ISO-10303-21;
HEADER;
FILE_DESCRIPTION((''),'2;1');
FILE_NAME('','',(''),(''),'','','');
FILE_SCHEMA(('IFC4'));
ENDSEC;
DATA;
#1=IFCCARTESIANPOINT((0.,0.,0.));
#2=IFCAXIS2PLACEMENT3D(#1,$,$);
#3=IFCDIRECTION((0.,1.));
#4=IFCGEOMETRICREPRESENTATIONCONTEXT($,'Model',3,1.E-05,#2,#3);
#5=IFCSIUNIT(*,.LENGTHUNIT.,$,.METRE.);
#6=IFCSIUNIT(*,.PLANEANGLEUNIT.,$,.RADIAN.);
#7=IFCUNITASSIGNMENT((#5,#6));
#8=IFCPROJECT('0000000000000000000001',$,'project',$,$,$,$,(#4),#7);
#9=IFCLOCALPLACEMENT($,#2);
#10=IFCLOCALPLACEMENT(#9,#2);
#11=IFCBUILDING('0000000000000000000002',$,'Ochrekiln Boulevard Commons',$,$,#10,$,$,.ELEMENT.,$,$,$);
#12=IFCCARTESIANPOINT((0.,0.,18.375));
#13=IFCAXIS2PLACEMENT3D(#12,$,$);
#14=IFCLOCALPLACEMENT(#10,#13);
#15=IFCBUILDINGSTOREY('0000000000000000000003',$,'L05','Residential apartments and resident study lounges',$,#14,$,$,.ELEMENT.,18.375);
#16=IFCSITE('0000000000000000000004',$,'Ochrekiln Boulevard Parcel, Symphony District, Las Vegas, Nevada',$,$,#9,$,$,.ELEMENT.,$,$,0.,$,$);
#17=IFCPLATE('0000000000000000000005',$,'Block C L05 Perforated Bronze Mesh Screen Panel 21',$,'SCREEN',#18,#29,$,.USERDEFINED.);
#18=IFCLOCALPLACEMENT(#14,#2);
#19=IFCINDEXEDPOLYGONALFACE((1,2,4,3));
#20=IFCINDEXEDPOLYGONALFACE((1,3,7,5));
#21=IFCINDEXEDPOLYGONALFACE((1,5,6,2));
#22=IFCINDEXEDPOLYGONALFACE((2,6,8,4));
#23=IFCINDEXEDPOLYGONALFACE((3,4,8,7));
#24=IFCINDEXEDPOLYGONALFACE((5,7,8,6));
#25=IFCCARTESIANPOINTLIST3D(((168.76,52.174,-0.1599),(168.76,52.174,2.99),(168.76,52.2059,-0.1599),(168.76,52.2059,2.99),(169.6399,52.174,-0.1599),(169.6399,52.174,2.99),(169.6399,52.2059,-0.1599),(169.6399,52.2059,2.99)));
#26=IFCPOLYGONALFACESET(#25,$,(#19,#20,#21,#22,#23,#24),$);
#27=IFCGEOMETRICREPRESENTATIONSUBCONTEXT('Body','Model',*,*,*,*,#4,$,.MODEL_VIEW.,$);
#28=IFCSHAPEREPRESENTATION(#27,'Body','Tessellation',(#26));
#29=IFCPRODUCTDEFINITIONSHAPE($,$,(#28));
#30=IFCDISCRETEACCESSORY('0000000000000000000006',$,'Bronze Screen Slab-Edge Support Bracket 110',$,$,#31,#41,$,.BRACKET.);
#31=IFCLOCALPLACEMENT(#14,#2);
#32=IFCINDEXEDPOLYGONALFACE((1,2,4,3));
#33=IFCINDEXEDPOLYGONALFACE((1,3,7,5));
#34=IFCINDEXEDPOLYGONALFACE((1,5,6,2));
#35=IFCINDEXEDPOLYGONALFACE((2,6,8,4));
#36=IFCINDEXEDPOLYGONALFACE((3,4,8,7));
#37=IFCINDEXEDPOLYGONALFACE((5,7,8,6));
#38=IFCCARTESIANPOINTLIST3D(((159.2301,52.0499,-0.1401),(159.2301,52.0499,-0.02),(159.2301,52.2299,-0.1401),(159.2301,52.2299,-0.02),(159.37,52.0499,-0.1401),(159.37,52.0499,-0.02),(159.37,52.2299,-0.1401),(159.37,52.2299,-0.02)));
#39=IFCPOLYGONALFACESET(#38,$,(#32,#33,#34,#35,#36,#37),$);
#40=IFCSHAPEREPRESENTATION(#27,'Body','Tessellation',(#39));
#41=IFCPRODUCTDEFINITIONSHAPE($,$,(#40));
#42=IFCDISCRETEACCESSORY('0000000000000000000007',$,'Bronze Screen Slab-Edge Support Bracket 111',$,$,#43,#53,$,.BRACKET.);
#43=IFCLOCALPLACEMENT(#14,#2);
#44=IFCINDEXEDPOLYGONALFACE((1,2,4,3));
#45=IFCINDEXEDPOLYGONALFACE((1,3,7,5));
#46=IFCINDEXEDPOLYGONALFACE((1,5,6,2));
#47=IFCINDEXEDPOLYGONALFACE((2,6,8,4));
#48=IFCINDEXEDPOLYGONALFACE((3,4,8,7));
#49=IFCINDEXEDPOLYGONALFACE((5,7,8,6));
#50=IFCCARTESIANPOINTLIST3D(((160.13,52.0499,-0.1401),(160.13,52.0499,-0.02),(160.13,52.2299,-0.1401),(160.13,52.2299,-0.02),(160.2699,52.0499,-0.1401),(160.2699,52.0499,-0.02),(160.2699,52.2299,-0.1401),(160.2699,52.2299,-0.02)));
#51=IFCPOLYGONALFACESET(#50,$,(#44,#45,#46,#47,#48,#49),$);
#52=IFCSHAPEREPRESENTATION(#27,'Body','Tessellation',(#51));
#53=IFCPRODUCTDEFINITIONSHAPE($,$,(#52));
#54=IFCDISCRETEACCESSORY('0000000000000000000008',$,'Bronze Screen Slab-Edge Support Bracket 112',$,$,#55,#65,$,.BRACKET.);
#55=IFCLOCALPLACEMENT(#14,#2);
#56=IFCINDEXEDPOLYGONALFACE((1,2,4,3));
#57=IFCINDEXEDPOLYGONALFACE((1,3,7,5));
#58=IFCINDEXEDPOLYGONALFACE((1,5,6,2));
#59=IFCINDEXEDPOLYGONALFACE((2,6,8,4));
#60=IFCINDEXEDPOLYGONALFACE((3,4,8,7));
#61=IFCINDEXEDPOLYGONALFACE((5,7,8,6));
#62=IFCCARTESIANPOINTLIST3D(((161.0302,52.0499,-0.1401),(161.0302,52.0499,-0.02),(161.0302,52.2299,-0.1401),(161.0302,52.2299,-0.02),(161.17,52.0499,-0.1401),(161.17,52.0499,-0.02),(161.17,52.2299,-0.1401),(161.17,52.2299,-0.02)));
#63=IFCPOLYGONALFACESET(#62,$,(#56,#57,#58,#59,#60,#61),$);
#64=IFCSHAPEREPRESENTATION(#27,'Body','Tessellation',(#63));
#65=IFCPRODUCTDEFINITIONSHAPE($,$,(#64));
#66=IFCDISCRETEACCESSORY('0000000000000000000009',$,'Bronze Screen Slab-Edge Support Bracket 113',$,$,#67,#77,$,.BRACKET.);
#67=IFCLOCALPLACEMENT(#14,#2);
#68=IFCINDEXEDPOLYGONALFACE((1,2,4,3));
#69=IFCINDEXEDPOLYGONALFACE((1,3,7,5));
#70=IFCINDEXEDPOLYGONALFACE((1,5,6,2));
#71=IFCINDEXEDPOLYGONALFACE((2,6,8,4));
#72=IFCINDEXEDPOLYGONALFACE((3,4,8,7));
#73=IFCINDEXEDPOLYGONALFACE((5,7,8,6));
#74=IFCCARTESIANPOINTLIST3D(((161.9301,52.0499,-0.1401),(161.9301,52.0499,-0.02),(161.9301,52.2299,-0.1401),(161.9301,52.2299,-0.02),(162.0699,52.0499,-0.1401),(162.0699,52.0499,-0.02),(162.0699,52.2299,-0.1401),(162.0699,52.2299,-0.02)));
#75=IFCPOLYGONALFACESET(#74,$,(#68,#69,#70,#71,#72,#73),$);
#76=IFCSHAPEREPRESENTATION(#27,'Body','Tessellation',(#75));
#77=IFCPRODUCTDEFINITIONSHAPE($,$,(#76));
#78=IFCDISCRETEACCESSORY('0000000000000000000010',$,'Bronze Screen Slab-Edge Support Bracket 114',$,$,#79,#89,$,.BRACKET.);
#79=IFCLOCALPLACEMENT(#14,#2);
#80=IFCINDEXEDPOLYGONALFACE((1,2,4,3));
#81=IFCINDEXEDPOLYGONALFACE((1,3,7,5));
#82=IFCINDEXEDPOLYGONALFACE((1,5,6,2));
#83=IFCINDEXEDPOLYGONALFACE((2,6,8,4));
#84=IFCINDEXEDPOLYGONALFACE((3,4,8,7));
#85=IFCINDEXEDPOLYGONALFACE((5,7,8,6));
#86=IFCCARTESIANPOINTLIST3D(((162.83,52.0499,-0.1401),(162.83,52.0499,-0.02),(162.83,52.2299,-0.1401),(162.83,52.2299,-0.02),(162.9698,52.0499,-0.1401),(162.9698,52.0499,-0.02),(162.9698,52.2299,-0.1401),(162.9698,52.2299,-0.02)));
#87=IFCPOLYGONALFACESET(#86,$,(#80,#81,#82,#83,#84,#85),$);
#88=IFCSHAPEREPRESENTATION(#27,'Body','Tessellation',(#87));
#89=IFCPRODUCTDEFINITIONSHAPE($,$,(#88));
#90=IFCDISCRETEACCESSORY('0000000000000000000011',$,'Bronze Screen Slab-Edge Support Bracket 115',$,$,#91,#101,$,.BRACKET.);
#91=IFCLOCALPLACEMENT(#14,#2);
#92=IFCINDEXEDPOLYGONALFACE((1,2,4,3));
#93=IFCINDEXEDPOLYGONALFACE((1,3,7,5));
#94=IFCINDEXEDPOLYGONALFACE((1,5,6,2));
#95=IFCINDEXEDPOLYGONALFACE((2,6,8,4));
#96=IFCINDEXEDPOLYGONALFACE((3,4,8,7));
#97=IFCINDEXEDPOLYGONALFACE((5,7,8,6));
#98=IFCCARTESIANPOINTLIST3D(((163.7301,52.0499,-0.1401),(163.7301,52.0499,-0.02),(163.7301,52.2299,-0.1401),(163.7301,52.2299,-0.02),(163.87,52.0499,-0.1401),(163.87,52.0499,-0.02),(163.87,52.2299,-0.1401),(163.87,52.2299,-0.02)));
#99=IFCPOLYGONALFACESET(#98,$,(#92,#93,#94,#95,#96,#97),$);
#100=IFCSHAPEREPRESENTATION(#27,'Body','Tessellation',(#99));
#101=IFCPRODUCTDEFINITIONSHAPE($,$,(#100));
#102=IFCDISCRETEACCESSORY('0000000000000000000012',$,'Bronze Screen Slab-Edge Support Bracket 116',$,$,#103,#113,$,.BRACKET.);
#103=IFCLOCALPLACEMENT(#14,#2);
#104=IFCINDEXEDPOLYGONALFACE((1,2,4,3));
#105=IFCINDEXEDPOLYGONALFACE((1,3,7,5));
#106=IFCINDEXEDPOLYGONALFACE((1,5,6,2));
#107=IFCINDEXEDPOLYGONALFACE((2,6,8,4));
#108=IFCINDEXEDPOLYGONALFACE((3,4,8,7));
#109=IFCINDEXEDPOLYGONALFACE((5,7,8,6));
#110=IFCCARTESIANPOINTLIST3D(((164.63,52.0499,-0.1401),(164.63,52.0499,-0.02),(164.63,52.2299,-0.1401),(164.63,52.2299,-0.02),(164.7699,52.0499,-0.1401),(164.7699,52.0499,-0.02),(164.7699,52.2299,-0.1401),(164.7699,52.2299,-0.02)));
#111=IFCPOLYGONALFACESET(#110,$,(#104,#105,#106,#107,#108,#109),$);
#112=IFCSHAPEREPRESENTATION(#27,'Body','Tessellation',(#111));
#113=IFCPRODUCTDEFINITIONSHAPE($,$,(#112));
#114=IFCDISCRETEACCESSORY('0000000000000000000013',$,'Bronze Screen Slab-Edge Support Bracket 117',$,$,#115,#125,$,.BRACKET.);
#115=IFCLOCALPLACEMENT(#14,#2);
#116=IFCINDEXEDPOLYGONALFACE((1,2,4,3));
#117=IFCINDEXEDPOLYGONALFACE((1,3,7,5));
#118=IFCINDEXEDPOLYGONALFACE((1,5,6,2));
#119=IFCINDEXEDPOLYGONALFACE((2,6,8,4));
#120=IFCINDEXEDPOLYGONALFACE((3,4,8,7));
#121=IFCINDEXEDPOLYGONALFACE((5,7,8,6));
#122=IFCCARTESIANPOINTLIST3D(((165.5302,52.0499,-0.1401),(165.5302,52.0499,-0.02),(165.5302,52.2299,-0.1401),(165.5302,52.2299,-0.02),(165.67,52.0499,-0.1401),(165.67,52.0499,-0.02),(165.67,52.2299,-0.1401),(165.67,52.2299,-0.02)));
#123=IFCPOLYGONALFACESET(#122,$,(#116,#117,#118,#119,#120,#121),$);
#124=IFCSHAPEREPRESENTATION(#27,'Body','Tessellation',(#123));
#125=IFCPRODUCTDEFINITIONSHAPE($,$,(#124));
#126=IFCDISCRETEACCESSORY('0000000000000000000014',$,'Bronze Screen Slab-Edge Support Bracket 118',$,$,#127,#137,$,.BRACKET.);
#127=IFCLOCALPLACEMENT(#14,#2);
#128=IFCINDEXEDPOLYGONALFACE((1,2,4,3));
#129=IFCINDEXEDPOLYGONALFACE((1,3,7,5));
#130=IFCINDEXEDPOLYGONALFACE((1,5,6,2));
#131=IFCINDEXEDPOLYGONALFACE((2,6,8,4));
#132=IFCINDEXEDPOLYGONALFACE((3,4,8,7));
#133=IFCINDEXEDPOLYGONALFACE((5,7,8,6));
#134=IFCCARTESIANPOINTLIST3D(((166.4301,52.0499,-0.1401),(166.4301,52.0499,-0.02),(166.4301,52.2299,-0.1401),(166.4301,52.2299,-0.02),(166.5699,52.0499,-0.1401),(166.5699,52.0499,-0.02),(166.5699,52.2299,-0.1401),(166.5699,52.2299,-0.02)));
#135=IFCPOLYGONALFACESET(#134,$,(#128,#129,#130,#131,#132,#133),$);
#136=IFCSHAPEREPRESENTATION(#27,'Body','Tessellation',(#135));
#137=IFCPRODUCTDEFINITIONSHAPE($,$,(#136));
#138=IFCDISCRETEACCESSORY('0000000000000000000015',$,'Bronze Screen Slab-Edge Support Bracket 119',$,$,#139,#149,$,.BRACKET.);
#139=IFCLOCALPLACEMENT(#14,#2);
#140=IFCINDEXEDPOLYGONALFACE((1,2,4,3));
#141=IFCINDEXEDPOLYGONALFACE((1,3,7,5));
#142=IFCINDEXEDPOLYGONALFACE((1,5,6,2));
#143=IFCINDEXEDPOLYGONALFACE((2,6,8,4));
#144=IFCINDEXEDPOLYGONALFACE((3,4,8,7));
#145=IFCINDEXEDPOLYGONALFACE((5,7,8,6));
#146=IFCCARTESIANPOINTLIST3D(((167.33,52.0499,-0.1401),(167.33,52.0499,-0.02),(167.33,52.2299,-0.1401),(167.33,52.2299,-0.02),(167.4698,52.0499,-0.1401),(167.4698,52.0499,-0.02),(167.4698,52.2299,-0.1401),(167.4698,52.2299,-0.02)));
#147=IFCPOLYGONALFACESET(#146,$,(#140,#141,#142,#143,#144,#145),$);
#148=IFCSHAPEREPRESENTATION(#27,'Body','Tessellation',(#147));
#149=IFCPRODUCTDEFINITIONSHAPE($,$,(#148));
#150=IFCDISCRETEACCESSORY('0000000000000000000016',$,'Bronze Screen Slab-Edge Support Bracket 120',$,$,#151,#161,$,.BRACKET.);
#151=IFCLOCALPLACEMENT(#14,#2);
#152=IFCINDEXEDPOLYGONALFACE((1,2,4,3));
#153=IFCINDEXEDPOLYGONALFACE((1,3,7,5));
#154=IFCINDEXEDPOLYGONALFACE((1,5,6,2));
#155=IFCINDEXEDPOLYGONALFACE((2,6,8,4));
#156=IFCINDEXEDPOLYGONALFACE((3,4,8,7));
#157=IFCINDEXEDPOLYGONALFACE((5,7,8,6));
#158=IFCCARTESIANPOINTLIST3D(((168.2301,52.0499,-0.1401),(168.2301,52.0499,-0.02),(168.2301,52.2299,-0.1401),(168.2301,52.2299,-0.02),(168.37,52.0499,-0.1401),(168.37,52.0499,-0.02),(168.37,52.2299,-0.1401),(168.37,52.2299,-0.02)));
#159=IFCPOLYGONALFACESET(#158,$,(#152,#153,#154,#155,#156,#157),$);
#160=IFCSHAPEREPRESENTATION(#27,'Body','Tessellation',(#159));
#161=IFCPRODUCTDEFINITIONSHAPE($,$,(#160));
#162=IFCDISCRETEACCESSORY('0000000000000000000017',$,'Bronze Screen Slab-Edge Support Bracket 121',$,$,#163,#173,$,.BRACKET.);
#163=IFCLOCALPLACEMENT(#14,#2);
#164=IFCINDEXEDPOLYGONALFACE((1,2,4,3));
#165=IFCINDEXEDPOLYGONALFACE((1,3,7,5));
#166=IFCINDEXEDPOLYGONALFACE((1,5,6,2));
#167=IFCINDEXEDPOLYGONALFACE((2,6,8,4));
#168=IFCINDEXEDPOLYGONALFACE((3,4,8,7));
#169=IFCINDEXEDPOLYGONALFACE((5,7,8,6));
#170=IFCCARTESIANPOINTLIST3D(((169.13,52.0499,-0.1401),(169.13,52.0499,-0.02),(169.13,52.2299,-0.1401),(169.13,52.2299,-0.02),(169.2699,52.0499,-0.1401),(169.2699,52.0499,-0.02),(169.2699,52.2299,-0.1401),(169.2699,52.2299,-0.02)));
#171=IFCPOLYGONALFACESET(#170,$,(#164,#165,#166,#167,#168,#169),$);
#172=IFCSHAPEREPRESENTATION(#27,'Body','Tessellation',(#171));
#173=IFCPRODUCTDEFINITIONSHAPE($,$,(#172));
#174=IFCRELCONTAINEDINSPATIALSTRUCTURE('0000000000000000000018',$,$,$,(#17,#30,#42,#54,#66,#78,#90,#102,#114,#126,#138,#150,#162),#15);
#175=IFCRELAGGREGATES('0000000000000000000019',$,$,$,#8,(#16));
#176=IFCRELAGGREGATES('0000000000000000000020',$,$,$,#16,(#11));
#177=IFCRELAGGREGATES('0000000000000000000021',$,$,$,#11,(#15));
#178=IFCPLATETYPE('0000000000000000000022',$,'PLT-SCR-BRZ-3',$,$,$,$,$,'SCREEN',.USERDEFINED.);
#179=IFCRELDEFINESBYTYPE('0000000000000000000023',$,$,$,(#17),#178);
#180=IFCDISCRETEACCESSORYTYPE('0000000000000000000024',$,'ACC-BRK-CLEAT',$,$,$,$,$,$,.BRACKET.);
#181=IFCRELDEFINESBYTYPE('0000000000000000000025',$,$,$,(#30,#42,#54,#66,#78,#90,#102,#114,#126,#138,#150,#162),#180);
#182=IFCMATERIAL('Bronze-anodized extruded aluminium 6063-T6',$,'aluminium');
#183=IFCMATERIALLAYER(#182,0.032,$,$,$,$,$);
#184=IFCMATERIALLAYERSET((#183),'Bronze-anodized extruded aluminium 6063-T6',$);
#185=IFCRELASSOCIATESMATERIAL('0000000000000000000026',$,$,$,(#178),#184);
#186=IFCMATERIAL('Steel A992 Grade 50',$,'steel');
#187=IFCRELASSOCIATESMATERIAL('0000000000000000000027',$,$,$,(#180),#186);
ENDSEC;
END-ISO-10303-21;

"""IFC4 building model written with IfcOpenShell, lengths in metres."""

from ifc_helpers import new_model, si_unit, direction, frame, origin, origin_2d, place, context, subcontext, project, spatial, rectangle, extrude, material, layer, layer_set, type_object, element, save


model = new_model("IFC4")

# Units and contexts
model_context = context("Model", 3, precision=1e-05, world=origin(), true_north=direction((0.0, 1.0)))
body_context = subcontext(model_context, "Body", "Model", "MODEL_VIEW")
ifc_project = project(units=[si_unit("LENGTHUNIT", "METRE"), si_unit("PLANEANGLEUNIT", "RADIAN")], contexts=[model_context])

# Site, building, storey
site_placement = place(None, origin())
site = spatial("IfcSite", under=ifc_project, at=site_placement, Name="Ochrekiln Boulevard Parcel, Symphony District, Las Vegas, Nevada", CompositionType="ELEMENT", RefElevation=0.0)
building_placement = place(site_placement, origin())
building = spatial("IfcBuilding", under=site, at=building_placement, Name="Ochrekiln Boulevard Commons", CompositionType="ELEMENT")
storey_placement = place(building_placement, frame((0.0, 0.0, 18.375)))
storey = spatial("IfcBuildingStorey", under=building, at=storey_placement, Name="L05", Description="Residential apartments and resident study lounges", CompositionType="ELEMENT", Elevation=18.375)

# Shared definitions
ifc_material_1 = material(Name="Bronze-anodized extruded aluminium 6063-T6", Category="aluminium")

# Plate
ifc_layer_1 = layer(ifc_material_1, 0.032)
ifc_layer_set_1 = layer_set([ifc_layer_1], Name="Bronze-anodized extruded aluminium 6063-T6")
plate_type_1 = type_object("IfcPlateType", Name="PLT-SCR-BRZ-3", ElementType="SCREEN", PredefinedType="USERDEFINED", material=ifc_layer_set_1)
for number, where, z_axis, x_axis, name in (
    (1, (169.2, 52.1899, -0.1599), (0.0, 0.0, 1.0), (1.0, 0.0, 0.0), "Block C L05 Perforated Bronze Mesh Screen Panel 21"),
):
    element("IfcPlate", number, at=place(storey_placement, frame(where, z_axis=z_axis, x_axis=x_axis)), inside=storey, type_object=plate_type_1, Name=name, ObjectType="SCREEN", PredefinedType="USERDEFINED", context=body_context, shape_type="SweptSolid", body=[
        extrude(rectangle(XDim=0.8799, YDim=0.032, at=origin_2d()), origin(), (0.0, 0.0, 1.0), 3.1499),
    ])

# Discrete accessories
ifc_material_2 = material(Name="Steel A992 Grade 50", Category="steel")
discrete_accessory_type = type_object("IfcDiscreteAccessoryType", Name="ACC-BRK-CLEAT", PredefinedType="BRACKET", material=ifc_material_2)
for number, where, z_axis, x_axis, name in (
    (2, (159.3, 52.1399, -0.1401), (0.0, 0.0, 1.0), (1.0, 0.0, 0.0), "Bronze Screen Slab-Edge Support Bracket 110"),
    (3, (160.2, 52.1399, -0.1401), (0.0, 0.0, 1.0), (1.0, 0.0, 0.0), "Bronze Screen Slab-Edge Support Bracket 111"),
    (4, (161.1001, 52.1399, -0.1401), (0.0, 0.0, 1.0), (1.0, 0.0, 0.0), "Bronze Screen Slab-Edge Support Bracket 112"),
    (5, (162.0, 52.1399, -0.1401), (0.0, 0.0, 1.0), (1.0, 0.0, 0.0), "Bronze Screen Slab-Edge Support Bracket 113"),
    (6, (162.8999, 52.1399, -0.1401), (0.0, 0.0, 1.0), (1.0, 0.0, 0.0), "Bronze Screen Slab-Edge Support Bracket 114"),
    (7, (163.8, 52.1399, -0.1401), (0.0, 0.0, 1.0), (1.0, 0.0, 0.0), "Bronze Screen Slab-Edge Support Bracket 115"),
    (8, (164.7, 52.1399, -0.1401), (0.0, 0.0, 1.0), (1.0, 0.0, 0.0), "Bronze Screen Slab-Edge Support Bracket 116"),
    (9, (165.6001, 52.1399, -0.1401), (0.0, 0.0, 1.0), (1.0, 0.0, 0.0), "Bronze Screen Slab-Edge Support Bracket 117"),
    (10, (166.5, 52.1399, -0.1401), (0.0, 0.0, 1.0), (1.0, 0.0, 0.0), "Bronze Screen Slab-Edge Support Bracket 118"),
    (11, (167.3999, 52.1399, -0.1401), (0.0, 0.0, 1.0), (1.0, 0.0, 0.0), "Bronze Screen Slab-Edge Support Bracket 119"),
    (12, (168.3, 52.1399, -0.1401), (0.0, 0.0, 1.0), (1.0, 0.0, 0.0), "Bronze Screen Slab-Edge Support Bracket 120"),
    (13, (169.2, 52.1399, -0.1401), (0.0, 0.0, 1.0), (1.0, 0.0, 0.0), "Bronze Screen Slab-Edge Support Bracket 121"),
):
    element("IfcDiscreteAccessory", number, at=place(storey_placement, frame(where, z_axis=z_axis, x_axis=x_axis)), inside=storey, type_object=discrete_accessory_type, Name=name, PredefinedType="BRACKET", context=body_context, shape_type="SweptSolid", body=[
        extrude(rectangle(XDim=0.1399, YDim=0.1799, at=origin_2d()), origin(), (0.0, 0.0, 1.0), 0.1201),
    ])

save(model, "model.ifc")
